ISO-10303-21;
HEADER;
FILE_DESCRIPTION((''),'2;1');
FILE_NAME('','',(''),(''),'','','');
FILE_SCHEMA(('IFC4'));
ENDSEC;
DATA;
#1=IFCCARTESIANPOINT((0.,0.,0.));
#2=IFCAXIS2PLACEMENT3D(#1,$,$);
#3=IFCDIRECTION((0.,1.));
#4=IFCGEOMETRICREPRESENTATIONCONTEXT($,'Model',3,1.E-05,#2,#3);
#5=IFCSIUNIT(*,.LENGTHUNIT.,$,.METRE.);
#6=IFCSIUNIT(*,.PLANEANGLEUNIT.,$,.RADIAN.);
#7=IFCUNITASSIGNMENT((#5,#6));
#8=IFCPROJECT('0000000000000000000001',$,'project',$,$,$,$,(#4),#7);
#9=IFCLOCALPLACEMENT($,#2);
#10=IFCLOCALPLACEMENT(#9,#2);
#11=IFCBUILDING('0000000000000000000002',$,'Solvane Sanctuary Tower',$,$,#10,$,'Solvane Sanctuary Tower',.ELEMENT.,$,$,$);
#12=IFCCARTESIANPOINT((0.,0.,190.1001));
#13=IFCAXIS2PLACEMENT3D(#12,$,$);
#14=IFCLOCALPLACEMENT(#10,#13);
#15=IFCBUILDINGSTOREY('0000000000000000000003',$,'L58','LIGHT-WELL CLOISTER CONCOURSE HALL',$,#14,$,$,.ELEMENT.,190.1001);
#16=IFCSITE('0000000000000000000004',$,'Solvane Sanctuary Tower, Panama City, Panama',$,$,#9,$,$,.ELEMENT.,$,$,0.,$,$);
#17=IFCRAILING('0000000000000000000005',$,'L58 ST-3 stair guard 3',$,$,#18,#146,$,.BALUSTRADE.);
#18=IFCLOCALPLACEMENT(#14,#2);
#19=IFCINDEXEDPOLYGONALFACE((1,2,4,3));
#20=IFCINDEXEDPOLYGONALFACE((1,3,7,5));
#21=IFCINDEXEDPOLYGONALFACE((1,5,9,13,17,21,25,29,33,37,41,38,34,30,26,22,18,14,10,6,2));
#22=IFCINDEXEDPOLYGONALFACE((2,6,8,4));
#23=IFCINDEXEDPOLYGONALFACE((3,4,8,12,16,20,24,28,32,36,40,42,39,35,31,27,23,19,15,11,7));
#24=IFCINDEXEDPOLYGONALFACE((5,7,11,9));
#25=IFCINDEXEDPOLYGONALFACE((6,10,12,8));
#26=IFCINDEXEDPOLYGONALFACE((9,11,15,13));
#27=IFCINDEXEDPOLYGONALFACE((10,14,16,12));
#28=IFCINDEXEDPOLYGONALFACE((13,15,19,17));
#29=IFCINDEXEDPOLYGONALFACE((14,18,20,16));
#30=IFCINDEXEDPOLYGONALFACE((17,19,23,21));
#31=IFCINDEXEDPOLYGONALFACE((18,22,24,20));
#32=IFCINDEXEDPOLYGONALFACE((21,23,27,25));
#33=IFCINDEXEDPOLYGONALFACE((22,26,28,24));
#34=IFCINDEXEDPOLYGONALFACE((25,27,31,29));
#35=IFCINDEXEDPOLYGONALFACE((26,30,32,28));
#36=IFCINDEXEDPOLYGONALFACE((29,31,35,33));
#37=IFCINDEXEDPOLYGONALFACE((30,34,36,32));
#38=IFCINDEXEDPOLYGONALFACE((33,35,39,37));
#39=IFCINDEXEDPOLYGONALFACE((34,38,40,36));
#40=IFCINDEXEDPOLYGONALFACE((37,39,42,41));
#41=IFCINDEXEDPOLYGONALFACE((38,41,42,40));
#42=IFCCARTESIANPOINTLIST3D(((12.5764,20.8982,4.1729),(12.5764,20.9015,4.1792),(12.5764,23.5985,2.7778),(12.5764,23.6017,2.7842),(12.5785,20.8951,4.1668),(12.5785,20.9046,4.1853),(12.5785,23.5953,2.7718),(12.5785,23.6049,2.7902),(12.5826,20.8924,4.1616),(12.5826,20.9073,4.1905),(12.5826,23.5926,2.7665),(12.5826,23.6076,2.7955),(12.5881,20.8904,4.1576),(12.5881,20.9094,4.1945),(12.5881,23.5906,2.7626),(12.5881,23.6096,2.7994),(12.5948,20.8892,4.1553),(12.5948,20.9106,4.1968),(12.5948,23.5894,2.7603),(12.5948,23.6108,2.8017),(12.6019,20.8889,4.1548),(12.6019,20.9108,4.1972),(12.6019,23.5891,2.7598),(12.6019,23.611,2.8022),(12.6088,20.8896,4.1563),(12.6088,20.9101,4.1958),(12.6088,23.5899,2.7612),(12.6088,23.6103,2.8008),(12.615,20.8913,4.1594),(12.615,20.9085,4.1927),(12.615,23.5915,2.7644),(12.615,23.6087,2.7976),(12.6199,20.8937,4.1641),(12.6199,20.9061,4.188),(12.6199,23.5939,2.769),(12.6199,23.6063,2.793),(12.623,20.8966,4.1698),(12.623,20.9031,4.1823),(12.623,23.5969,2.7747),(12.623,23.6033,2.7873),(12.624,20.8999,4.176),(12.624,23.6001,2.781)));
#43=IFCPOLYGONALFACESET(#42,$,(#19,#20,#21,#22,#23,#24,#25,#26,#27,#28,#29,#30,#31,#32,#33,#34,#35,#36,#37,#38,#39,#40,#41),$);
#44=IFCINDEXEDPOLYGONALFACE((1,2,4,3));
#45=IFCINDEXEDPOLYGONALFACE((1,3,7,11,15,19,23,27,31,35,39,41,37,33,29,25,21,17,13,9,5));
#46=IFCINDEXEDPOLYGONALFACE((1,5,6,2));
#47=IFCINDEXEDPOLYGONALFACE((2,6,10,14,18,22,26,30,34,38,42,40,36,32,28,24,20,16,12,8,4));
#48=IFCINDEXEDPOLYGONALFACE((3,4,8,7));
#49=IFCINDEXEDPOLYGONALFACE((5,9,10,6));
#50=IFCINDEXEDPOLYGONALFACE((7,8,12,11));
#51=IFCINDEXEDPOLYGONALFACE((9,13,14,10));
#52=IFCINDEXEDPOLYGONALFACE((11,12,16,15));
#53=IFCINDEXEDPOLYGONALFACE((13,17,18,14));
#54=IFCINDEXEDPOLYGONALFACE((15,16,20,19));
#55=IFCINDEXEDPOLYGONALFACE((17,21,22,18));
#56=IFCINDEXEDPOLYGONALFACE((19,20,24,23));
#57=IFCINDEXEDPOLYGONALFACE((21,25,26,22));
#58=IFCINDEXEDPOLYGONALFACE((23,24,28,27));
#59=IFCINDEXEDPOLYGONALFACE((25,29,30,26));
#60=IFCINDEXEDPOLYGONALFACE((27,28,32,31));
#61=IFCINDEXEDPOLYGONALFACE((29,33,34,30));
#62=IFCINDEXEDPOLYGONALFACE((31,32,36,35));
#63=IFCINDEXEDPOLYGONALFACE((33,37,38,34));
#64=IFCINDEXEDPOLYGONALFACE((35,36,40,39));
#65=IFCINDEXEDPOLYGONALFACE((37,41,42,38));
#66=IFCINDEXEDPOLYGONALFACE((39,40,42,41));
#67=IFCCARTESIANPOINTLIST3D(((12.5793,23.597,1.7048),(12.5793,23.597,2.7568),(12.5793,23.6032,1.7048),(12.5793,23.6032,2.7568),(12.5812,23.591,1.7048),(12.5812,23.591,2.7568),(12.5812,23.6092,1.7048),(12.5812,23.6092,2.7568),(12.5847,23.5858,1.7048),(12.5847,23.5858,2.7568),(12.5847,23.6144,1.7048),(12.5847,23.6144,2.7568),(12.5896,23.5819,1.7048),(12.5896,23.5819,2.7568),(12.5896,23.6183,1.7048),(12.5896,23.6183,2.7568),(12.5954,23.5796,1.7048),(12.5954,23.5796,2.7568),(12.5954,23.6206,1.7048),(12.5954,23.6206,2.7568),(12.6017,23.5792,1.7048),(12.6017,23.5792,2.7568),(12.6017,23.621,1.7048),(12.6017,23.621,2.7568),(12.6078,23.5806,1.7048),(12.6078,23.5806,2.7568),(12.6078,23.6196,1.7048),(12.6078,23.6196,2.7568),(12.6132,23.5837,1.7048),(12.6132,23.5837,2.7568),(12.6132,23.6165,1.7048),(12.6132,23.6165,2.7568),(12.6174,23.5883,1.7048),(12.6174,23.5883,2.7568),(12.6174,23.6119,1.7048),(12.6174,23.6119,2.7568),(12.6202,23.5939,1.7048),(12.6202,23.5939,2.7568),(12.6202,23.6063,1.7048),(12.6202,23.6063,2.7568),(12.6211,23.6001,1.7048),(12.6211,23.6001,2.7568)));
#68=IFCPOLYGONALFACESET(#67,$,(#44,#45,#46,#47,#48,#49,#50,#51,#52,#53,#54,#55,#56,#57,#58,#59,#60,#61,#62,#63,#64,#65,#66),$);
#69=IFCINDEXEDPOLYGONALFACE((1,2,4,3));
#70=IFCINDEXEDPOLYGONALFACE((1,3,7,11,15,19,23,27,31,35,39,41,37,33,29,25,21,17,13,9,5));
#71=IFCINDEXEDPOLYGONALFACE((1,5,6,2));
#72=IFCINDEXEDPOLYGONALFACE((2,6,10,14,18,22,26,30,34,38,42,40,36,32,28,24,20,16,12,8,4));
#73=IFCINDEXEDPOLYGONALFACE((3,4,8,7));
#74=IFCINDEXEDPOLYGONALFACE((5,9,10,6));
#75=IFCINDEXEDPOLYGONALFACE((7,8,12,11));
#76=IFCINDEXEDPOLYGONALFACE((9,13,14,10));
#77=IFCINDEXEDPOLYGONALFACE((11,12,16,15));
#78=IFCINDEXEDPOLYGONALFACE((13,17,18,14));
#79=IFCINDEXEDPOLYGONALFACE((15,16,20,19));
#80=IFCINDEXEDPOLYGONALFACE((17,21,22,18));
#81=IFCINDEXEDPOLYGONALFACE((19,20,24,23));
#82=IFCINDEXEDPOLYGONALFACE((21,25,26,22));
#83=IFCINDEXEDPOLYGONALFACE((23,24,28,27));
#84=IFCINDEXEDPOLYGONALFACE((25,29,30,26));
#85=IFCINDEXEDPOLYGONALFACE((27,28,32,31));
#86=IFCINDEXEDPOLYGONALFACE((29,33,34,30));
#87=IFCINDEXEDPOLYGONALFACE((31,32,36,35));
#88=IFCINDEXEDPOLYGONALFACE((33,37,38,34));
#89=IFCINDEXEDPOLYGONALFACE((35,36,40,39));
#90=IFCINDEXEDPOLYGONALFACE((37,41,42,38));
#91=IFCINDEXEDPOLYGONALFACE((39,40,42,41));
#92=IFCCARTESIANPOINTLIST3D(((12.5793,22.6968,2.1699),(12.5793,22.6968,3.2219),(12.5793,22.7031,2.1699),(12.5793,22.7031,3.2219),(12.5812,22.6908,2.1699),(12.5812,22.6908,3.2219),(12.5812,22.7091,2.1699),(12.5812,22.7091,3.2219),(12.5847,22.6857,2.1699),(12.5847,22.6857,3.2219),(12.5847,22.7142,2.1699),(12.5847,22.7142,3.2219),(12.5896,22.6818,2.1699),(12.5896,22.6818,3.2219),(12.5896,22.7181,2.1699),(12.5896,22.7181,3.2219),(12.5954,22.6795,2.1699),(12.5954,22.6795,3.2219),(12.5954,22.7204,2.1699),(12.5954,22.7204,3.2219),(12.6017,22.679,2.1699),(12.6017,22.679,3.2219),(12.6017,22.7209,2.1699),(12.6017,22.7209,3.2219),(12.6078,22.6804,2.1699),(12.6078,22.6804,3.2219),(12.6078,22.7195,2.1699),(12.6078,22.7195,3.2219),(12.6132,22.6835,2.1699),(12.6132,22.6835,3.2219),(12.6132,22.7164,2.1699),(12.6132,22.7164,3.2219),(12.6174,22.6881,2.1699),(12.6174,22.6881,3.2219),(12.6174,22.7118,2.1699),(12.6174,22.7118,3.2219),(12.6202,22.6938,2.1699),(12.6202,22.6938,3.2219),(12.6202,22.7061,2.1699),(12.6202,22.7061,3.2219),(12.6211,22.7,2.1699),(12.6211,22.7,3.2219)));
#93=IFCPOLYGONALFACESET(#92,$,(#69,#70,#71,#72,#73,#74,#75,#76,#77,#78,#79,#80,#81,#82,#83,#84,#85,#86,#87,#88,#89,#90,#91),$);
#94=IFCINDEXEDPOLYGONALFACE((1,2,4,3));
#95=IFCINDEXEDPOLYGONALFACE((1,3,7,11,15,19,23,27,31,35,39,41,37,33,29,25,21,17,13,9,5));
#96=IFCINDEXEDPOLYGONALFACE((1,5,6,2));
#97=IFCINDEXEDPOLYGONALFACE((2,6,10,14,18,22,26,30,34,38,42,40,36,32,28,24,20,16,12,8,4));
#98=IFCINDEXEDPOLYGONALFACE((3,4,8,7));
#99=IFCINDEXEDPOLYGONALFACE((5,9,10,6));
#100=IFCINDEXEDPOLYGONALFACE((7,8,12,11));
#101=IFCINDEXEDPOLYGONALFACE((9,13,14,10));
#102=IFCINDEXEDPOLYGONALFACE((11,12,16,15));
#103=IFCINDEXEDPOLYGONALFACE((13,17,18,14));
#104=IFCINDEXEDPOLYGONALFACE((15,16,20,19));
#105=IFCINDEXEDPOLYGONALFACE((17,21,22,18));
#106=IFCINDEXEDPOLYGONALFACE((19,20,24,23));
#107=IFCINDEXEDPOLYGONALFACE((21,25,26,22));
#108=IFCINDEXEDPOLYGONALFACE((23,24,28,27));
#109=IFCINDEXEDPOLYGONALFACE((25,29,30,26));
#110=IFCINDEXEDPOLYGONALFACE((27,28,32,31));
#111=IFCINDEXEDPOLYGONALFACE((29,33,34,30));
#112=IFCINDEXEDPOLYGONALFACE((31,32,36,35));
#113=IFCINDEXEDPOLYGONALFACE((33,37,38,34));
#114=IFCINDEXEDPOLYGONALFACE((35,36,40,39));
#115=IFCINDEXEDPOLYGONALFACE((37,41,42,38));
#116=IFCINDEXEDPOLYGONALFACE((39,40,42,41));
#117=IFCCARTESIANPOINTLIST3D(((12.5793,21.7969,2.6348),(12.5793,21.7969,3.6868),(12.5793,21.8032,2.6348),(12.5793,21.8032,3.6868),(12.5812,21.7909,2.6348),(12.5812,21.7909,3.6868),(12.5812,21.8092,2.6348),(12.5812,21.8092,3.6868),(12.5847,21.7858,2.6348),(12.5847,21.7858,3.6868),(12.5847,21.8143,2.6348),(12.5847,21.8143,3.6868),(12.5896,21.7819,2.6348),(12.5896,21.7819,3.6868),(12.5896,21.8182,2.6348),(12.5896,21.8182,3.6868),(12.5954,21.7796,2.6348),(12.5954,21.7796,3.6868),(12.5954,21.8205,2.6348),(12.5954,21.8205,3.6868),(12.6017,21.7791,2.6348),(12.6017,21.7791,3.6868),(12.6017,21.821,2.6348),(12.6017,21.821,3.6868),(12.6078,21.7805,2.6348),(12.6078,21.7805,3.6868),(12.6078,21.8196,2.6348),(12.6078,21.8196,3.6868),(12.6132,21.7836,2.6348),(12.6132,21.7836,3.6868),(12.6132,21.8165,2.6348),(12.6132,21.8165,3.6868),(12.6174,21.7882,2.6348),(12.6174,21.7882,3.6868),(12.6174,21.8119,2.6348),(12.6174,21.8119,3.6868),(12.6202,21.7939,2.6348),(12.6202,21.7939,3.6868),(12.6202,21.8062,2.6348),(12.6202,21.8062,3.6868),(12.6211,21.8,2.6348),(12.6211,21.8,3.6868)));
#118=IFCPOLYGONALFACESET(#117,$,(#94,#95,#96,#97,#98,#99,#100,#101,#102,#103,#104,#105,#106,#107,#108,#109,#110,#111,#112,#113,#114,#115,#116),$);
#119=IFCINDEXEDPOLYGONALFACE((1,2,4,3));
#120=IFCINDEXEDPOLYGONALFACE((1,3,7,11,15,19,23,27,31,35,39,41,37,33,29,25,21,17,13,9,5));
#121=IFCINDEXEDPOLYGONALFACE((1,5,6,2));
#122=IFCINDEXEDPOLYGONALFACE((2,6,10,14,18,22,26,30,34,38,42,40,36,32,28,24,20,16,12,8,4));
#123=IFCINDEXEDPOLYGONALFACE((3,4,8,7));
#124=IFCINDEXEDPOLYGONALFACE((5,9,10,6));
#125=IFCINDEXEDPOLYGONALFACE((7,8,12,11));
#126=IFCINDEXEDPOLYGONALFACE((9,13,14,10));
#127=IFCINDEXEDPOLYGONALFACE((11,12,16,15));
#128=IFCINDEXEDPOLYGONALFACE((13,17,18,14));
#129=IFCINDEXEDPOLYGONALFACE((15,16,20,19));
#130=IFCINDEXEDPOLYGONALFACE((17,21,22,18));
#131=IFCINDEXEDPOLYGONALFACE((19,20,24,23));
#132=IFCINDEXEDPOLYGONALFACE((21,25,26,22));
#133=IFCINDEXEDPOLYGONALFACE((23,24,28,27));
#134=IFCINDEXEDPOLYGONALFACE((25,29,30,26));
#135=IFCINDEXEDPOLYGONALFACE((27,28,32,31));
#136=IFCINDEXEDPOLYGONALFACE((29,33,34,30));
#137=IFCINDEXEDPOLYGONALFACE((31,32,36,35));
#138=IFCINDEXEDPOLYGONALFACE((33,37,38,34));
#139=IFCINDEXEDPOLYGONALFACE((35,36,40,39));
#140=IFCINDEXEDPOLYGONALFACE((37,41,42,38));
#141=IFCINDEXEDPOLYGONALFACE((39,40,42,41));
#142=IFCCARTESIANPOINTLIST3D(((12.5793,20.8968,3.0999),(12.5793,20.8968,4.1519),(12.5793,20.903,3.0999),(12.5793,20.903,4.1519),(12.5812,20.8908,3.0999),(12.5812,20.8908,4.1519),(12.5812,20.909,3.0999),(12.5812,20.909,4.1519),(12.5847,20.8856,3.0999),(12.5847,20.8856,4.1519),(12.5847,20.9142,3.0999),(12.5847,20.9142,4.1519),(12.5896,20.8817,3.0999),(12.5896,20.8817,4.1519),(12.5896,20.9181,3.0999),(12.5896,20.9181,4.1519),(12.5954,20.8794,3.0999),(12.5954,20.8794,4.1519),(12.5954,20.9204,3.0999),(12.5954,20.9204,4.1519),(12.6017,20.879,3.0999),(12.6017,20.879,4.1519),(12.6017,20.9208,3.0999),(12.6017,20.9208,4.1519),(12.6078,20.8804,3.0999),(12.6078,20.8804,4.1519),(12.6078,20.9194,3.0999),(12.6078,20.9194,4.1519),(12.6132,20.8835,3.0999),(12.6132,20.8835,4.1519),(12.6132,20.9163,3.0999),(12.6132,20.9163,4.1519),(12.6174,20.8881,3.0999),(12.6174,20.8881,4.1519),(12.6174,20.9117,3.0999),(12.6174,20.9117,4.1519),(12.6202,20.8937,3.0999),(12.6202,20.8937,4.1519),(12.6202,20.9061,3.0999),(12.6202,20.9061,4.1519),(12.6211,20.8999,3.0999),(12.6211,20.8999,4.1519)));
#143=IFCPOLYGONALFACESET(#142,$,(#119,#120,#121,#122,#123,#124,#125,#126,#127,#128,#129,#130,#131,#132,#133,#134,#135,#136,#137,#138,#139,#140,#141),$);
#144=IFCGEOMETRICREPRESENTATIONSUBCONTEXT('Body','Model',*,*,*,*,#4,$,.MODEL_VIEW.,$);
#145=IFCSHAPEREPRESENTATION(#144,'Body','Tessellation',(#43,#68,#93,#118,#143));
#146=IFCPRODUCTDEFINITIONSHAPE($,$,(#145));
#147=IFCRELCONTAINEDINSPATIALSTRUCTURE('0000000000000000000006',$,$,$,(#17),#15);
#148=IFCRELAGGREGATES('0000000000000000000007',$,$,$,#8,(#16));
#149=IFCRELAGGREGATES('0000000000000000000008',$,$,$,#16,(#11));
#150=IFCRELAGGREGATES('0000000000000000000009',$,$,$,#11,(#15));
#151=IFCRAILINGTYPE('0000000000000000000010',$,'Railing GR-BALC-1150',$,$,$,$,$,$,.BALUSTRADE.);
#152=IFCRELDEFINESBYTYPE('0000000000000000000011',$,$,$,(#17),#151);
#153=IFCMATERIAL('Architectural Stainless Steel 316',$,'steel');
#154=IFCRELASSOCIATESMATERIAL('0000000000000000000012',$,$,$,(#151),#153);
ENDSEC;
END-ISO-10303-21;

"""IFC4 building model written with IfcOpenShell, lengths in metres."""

from ifc_helpers import new_model, si_unit, direction, frame, origin, origin_2d, place, context, subcontext, project, spatial, circle, extrude, material, type_object, element, save


model = new_model("IFC4")

# Units and contexts
model_context = context("Model", 3, precision=1e-05, world=origin(), true_north=direction((0.0, 1.0)))
body_context = subcontext(model_context, "Body", "Model", "MODEL_VIEW")
ifc_project = project(units=[si_unit("LENGTHUNIT", "METRE"), si_unit("PLANEANGLEUNIT", "RADIAN")], contexts=[model_context])

# Site, building, storey
site_placement = place(None, origin())
site = spatial("IfcSite", under=ifc_project, at=site_placement, Name="Solvane Sanctuary Tower, Panama City, Panama", CompositionType="ELEMENT", RefElevation=0.0)
building_placement = place(site_placement, origin())
building = spatial("IfcBuilding", under=site, at=building_placement, Name="Solvane Sanctuary Tower", LongName="Solvane Sanctuary Tower", CompositionType="ELEMENT")
storey_placement = place(building_placement, frame((0.0, 0.0, 190.1001)))
storey = spatial("IfcBuildingStorey", under=building, at=storey_placement, Name="L58", Description="LIGHT-WELL CLOISTER CONCOURSE HALL", CompositionType="ELEMENT", Elevation=190.1001)

# Railing
ifc_material_1 = material(Name="Architectural Stainless Steel 316", Category="steel")
railing_type_1 = type_object("IfcRailingType", Name="Railing GR-BALC-1150", PredefinedType="BALUSTRADE", material=ifc_material_1)
railing_1_placement = place(storey_placement, frame((12.6001, 23.6001, 1.7048)))
element("IfcRailing", 1, at=railing_1_placement, inside=storey, type_object=railing_type_1, Name="L58 ST-3 stair guard 3", PredefinedType="BALUSTRADE", context=body_context, shape_type="SweptSolid", body=[
    extrude(circle(Radius=0.0239, at=origin_2d()), frame((0.0, 0.0, 1.0762), z_axis=(0.0, -0.888437, 0.458999), x_axis=(1.0, 0.0, 0.0)), (0.0, 0.0, 1.0), 3.0393),
    extrude(circle(Radius=0.021, at=origin_2d()), origin(), (0.0, 0.0, 1.0), 1.052),
    extrude(circle(Radius=0.021, at=origin_2d()), frame((0.0, -0.9001, 0.4651)), (0.0, 0.0, 1.0), 1.052),
    extrude(circle(Radius=0.021, at=origin_2d()), frame((0.0, -1.8, 0.9299)), (0.0, 0.0, 1.0), 1.052),
    extrude(circle(Radius=0.021, at=origin_2d()), frame((0.0, -2.7002, 1.395)), (0.0, 0.0, 1.0), 1.052),
])

save(model, "model.ifc")
